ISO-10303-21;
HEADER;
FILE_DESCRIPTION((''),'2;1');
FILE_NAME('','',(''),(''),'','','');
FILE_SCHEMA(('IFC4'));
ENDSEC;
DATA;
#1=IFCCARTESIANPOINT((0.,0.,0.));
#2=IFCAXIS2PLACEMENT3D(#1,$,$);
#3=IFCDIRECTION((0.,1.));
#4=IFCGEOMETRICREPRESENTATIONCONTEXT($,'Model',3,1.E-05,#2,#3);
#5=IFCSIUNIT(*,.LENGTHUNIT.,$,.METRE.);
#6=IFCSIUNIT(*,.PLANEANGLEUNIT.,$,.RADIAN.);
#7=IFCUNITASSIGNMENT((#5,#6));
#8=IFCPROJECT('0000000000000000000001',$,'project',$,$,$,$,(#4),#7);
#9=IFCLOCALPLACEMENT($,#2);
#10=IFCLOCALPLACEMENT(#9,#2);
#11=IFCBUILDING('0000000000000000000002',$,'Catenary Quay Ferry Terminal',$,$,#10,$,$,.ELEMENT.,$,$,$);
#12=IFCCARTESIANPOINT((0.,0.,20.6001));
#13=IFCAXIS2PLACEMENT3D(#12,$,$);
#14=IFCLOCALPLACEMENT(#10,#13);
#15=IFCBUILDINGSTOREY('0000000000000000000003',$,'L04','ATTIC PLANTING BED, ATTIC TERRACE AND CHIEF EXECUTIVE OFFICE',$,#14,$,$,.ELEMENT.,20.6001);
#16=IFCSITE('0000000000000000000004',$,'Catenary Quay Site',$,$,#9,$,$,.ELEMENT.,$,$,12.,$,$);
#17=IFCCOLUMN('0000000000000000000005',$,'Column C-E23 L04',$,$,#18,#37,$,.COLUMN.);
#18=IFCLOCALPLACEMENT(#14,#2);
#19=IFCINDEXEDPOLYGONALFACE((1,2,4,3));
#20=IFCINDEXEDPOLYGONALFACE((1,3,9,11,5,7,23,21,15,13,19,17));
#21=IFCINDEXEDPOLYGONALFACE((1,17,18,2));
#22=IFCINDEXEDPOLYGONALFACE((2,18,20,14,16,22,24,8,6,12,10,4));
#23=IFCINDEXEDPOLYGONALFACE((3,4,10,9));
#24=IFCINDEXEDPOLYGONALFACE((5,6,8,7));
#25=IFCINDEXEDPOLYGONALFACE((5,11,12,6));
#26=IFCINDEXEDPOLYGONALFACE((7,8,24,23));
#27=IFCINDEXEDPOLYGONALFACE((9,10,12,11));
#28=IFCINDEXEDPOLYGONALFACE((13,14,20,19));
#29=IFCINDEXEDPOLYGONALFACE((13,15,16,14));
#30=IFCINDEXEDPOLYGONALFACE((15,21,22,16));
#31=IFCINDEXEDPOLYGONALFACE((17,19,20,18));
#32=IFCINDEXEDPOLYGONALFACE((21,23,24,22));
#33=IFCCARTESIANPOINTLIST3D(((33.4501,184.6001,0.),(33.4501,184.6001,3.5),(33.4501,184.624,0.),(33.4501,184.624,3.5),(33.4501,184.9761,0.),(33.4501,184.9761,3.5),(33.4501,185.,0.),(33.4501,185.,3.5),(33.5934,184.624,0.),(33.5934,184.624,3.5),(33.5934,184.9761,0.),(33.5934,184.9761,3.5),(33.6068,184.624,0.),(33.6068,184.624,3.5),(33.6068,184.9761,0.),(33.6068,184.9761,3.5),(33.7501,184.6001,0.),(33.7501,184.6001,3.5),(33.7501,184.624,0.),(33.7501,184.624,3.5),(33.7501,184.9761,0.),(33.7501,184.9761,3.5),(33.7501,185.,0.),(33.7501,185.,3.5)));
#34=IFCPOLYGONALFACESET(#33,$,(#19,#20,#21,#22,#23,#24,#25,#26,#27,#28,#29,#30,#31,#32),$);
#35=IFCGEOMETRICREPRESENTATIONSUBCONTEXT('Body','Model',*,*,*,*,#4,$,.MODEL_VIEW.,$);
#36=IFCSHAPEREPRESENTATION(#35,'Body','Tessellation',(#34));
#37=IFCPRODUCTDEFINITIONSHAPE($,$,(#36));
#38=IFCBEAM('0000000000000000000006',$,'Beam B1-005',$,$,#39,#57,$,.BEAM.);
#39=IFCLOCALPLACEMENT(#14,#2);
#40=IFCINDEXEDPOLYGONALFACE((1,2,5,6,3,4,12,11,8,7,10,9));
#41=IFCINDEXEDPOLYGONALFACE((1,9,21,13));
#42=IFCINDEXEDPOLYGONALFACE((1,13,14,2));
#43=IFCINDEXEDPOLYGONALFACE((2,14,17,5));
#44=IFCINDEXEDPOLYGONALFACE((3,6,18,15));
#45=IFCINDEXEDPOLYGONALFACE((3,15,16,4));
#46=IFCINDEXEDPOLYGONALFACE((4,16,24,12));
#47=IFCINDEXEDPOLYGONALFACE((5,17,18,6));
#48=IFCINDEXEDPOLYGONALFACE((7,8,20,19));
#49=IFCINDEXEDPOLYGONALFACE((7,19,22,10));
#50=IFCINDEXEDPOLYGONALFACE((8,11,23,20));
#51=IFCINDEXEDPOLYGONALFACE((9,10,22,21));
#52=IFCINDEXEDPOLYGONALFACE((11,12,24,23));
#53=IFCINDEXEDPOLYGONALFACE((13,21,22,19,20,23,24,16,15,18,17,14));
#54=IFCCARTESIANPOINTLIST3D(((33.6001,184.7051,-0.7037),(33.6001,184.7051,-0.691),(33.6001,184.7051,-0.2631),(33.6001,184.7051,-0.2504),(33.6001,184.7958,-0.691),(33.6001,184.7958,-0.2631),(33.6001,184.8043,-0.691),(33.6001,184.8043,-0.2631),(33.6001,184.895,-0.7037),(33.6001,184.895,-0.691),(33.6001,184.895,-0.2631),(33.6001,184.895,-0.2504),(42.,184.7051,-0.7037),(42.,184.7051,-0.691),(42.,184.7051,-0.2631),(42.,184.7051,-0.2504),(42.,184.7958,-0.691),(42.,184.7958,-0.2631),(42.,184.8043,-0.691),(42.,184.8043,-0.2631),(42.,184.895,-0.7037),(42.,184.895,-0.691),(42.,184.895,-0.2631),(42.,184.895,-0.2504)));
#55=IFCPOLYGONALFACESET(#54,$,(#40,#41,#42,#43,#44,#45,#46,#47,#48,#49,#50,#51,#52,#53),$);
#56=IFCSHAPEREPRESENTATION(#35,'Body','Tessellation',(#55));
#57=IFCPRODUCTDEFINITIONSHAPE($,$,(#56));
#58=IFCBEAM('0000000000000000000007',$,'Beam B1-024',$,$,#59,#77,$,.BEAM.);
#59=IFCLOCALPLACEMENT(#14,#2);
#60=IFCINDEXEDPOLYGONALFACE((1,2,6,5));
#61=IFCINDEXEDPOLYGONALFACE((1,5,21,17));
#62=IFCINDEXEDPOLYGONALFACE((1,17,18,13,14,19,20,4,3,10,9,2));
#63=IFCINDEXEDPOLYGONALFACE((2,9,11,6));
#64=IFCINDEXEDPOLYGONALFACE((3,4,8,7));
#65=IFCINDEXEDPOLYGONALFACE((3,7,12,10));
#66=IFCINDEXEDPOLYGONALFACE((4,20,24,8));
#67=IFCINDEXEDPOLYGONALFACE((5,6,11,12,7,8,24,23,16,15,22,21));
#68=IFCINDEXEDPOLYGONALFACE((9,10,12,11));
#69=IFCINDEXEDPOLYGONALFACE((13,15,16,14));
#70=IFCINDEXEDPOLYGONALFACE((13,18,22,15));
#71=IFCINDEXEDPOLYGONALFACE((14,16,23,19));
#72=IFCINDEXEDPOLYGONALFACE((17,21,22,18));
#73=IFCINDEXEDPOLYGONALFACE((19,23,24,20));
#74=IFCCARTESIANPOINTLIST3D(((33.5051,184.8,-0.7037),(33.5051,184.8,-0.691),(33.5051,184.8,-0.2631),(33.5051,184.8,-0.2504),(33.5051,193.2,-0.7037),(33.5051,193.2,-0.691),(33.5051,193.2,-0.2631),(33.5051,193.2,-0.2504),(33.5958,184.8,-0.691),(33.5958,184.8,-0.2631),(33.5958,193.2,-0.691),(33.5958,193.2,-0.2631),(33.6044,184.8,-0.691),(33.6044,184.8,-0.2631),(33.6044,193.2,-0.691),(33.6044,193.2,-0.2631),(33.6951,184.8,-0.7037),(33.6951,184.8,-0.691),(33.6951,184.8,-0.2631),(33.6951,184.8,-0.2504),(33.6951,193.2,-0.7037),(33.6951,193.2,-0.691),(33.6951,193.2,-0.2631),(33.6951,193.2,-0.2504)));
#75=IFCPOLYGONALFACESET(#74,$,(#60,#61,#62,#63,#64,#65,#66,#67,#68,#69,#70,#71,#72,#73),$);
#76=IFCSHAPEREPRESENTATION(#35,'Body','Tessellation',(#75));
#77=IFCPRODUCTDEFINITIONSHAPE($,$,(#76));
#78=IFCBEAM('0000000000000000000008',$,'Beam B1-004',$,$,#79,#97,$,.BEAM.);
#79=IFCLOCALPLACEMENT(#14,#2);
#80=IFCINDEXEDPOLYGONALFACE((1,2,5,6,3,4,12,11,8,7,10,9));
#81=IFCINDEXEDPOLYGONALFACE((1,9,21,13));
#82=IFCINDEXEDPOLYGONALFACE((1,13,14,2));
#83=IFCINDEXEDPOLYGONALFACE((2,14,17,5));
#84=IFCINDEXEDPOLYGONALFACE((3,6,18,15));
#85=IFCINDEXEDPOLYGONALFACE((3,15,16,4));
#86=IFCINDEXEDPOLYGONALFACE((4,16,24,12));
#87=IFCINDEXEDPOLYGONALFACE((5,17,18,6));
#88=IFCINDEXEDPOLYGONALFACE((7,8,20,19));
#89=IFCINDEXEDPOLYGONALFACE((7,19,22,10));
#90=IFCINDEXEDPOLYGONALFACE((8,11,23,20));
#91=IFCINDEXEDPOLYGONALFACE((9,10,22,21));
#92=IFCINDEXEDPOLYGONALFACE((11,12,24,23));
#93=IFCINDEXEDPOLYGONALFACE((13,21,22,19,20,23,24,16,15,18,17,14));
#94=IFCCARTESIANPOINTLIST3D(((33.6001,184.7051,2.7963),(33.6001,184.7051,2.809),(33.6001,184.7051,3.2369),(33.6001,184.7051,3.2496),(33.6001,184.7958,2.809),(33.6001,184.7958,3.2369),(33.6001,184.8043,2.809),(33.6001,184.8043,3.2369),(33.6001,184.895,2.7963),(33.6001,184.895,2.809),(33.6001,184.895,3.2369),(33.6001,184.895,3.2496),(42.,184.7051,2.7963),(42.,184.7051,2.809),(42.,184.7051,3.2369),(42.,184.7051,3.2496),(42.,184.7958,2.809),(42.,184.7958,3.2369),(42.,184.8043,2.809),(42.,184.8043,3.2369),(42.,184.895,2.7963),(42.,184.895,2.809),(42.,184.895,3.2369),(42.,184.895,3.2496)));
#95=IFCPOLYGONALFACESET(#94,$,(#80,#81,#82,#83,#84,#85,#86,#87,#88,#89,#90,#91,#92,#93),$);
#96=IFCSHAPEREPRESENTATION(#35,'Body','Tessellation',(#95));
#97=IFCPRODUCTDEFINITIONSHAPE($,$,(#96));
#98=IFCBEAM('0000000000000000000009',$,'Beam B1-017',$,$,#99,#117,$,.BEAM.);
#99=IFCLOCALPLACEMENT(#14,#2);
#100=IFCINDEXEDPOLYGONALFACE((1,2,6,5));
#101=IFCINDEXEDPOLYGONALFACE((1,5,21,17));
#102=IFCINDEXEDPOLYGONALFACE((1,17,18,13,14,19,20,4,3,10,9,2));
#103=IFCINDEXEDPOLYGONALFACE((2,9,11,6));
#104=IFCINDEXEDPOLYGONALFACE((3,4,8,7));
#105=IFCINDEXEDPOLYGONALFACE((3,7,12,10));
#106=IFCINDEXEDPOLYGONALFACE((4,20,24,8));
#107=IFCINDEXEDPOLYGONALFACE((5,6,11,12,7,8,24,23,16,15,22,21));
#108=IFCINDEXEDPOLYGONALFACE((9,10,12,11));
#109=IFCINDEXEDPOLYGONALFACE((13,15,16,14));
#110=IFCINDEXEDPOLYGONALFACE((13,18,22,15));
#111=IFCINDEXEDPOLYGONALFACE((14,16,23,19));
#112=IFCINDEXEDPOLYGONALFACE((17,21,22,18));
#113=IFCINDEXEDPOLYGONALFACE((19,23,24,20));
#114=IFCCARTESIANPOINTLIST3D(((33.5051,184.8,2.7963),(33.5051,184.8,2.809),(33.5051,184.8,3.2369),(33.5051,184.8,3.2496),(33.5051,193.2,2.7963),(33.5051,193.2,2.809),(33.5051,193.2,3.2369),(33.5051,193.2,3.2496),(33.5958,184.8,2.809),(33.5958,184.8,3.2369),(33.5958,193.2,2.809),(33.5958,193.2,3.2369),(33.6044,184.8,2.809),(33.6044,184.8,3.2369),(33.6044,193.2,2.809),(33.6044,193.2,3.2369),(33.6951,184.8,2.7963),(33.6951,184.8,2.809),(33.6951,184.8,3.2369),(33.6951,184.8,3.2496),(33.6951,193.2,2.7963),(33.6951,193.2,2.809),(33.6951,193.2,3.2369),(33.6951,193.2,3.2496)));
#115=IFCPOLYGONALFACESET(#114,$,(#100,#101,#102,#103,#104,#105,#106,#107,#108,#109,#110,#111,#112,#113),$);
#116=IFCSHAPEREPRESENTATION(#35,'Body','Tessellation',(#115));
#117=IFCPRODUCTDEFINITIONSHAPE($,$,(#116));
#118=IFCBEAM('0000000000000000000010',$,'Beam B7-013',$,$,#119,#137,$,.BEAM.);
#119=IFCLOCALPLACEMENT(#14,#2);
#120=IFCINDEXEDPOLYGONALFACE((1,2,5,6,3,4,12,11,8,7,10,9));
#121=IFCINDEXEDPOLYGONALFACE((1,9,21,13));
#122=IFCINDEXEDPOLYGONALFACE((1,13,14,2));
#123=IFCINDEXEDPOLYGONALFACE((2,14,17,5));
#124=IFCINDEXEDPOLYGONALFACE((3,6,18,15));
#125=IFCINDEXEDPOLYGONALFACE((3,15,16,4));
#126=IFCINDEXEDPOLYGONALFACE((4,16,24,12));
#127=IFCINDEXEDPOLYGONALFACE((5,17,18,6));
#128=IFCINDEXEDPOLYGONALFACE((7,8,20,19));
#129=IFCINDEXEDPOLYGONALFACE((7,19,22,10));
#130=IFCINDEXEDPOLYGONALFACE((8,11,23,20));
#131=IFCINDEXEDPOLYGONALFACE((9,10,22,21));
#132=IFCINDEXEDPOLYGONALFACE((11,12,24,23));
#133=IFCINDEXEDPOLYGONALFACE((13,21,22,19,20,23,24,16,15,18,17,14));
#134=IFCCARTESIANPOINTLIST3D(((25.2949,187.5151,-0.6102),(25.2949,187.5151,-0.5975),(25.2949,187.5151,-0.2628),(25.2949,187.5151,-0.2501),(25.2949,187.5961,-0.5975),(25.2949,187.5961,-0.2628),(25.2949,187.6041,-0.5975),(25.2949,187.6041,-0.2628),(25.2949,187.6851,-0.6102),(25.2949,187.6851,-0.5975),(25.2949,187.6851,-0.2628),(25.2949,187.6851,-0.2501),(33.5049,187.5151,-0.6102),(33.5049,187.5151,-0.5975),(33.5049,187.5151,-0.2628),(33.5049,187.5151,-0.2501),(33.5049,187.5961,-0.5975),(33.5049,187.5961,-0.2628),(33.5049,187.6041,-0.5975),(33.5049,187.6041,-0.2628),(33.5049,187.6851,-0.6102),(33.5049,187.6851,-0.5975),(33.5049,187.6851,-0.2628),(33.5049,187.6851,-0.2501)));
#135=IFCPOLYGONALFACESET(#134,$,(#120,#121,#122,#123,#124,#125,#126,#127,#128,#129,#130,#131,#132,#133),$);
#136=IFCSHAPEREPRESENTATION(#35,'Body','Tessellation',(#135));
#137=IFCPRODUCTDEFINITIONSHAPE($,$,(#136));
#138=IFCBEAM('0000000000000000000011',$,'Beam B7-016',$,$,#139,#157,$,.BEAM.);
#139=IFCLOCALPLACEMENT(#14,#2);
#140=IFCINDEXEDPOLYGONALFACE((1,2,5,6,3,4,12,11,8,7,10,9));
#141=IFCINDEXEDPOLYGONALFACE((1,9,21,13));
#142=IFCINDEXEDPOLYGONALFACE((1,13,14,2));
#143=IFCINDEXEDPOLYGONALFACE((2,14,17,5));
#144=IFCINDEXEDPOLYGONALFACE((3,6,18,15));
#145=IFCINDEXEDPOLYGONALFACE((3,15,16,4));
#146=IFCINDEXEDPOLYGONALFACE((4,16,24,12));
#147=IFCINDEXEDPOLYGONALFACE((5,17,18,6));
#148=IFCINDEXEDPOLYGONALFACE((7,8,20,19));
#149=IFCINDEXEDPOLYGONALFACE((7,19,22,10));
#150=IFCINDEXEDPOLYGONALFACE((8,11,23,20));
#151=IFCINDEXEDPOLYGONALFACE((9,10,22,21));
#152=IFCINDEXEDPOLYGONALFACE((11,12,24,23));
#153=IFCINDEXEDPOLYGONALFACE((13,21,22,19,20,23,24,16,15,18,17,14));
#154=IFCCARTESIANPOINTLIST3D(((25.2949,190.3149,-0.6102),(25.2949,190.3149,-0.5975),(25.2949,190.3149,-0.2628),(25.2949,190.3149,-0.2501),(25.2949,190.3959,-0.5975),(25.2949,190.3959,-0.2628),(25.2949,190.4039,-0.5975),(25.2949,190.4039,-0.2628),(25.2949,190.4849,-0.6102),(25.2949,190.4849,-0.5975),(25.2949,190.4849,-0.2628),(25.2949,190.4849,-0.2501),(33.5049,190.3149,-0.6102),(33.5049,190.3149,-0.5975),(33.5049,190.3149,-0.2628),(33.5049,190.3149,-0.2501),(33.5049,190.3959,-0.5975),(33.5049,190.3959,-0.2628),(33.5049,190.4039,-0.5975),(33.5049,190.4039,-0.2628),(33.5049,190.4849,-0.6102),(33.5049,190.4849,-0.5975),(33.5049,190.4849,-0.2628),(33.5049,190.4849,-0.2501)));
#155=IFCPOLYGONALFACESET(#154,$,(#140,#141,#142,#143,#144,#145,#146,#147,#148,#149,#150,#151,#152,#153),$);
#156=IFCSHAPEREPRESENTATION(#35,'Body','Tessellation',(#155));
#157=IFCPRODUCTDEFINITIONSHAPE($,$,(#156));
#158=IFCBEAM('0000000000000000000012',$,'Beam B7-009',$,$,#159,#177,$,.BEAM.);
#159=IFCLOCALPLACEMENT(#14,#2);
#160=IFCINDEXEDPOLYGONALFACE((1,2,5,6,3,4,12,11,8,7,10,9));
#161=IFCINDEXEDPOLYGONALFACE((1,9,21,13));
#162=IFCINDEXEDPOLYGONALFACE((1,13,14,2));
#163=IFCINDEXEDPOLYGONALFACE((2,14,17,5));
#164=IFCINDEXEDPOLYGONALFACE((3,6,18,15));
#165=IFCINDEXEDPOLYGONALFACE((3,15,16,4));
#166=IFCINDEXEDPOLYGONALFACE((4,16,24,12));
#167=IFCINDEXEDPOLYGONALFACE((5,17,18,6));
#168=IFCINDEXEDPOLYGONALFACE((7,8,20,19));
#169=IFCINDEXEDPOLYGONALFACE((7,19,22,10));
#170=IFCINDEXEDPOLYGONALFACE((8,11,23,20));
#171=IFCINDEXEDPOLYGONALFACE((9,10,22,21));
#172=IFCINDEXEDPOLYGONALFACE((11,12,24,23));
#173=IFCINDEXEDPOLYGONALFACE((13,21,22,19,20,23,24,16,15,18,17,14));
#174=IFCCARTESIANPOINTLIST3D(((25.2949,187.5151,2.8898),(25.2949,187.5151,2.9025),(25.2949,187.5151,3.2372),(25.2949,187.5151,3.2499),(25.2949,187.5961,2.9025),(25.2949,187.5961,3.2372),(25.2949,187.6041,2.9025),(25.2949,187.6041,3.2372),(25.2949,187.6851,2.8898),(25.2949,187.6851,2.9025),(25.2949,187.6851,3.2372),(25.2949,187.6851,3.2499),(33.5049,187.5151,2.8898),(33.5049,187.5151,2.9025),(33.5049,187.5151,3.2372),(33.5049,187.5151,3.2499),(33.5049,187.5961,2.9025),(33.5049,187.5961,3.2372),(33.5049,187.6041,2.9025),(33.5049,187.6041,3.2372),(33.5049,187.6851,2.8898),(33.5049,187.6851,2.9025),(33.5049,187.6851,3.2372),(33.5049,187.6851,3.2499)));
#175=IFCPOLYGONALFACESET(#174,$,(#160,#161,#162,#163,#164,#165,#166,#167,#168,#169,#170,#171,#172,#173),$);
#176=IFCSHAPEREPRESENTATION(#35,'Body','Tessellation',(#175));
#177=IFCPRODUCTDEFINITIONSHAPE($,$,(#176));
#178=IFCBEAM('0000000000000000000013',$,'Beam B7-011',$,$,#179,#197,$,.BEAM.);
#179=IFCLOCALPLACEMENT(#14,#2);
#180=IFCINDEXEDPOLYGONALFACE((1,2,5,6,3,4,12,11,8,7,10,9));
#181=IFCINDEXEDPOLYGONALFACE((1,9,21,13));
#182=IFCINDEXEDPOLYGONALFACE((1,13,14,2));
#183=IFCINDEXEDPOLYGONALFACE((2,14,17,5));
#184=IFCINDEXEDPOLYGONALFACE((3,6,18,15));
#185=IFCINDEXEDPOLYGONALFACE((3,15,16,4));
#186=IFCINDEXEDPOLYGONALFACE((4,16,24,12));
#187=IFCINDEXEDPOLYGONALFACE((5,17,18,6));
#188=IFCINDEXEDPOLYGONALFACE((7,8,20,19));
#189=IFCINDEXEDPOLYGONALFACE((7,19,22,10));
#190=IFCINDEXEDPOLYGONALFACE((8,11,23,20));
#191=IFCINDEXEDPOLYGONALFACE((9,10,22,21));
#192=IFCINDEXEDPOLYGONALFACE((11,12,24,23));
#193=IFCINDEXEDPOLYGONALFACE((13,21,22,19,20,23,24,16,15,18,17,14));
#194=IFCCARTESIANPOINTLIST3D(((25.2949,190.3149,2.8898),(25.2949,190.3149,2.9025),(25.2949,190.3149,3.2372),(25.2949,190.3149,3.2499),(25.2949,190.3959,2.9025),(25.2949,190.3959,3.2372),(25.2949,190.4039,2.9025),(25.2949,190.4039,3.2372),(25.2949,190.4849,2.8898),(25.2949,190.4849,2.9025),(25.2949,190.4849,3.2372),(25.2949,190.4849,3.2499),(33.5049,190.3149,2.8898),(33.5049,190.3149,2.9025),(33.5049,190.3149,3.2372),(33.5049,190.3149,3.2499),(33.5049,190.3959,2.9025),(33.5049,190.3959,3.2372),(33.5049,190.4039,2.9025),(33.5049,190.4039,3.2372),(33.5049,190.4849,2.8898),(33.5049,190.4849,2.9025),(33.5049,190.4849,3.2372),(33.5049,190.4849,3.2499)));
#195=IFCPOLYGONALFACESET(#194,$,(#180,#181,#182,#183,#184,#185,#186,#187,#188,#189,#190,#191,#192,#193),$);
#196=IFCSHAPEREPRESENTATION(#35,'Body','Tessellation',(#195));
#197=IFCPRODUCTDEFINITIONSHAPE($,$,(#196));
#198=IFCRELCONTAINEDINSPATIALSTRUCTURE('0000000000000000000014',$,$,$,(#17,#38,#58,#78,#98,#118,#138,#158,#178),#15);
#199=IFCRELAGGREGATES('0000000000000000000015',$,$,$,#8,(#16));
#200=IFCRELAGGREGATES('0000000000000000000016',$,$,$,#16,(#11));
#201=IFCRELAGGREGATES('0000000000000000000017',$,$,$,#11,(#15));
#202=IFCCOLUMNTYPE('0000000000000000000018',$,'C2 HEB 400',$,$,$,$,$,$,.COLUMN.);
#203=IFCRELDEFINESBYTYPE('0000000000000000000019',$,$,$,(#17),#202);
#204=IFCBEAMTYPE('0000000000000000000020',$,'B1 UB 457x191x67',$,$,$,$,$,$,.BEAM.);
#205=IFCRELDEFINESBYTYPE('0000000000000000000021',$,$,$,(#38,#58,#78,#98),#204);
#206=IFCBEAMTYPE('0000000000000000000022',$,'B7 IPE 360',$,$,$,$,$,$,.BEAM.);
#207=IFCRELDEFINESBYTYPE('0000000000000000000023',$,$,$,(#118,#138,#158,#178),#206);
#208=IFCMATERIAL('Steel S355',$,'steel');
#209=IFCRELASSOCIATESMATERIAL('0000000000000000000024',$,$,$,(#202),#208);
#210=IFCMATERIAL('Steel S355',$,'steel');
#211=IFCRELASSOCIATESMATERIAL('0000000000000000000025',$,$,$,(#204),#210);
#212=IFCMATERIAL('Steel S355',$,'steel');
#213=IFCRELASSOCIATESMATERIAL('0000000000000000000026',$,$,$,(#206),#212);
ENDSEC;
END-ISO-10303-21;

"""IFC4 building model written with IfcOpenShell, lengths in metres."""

from ifc_helpers import new_model, si_unit, direction, frame, origin, origin_2d, place, context, subcontext, project, spatial, i_section, extrude, material, material_profile, profile_set, type_object, element, save


model = new_model("IFC4")

# Units and contexts
model_context = context("Model", 3, precision=1e-05, world=origin(), true_north=direction((0.0, 1.0)))
body_context = subcontext(model_context, "Body", "Model", "MODEL_VIEW")
ifc_project = project(units=[si_unit("LENGTHUNIT", "METRE"), si_unit("PLANEANGLEUNIT", "RADIAN")], contexts=[model_context])

# Site, building, storey
site_placement = place(None, origin())
site = spatial("IfcSite", under=ifc_project, at=site_placement, Name="Catenary Quay Site", CompositionType="ELEMENT", RefElevation=12.0)
building_placement = place(site_placement, origin())
building = spatial("IfcBuilding", under=site, at=building_placement, Name="Catenary Quay Ferry Terminal", CompositionType="ELEMENT")
storey_placement = place(building_placement, frame((0.0, 0.0, 20.6001)))
storey = spatial("IfcBuildingStorey", under=building, at=storey_placement, Name="L04", Description="ATTIC PLANTING BED, ATTIC TERRACE AND CHIEF EXECUTIVE OFFICE", CompositionType="ELEMENT", Elevation=20.6001)

# Column
ifc_material_1 = material(Name="Steel S355", Category="steel")
ifc_material_profile_1 = material_profile(ifc_material_1, i_section(OverallWidth=0.3, OverallDepth=0.3999, WebThickness=0.0134, FlangeThickness=0.0239, at=origin_2d()), Name="HEB 400")
ifc_profile_set_1 = profile_set([ifc_material_profile_1], Name="Steel S355")
column_type = type_object("IfcColumnType", Name="C2 HEB 400", PredefinedType="COLUMN", material=ifc_profile_set_1)
column_placement = place(storey_placement, frame((33.6001, 184.8, 0.0), z_axis=(0.0, 0.0, 1.0), x_axis=(1.0, 0.0, 0.0)))
element("IfcColumn", 1, at=column_placement, inside=storey, type_object=column_type, Name="Column C-E23 L04", PredefinedType="COLUMN", context=body_context, shape_type="SweptSolid", body=[
    extrude(i_section(OverallWidth=0.3, OverallDepth=0.3999, WebThickness=0.0134, FlangeThickness=0.0239, at=origin_2d()), origin(), (0.0, 0.0, 1.0), 3.5),
])

# Beams
ifc_material_2 = material(Name="Steel S355", Category="steel")
ifc_material_profile_2 = material_profile(ifc_material_2, i_section(OverallWidth=0.1899, OverallDepth=0.4534, WebThickness=0.0085, FlangeThickness=0.0127, at=origin_2d()), Name="UB 457x191x67")
ifc_profile_set_2 = profile_set([ifc_material_profile_2], Name="Steel S355")
beam_type_1 = type_object("IfcBeamType", Name="B1 UB 457x191x67", PredefinedType="BEAM", material=ifc_profile_set_2)
for number, where, z_axis, x_axis, name in (
    (2, (33.6001, 184.8, -0.4771), (1.0, 0.0, 0.0), (0.0, 1.0, 0.0), "Beam B1-005"),
    (3, (33.6001, 184.8, -0.4771), (0.0, 1.0, 0.0), (-1.0, 0.0, 0.0), "Beam B1-024"),
    (4, (33.6001, 184.8, 3.0229), (1.0, 0.0, 0.0), (0.0, 1.0, 0.0), "Beam B1-004"),
    (5, (33.6001, 184.8, 3.0229), (0.0, 1.0, 0.0), (-1.0, 0.0, 0.0), "Beam B1-017"),
):
    element("IfcBeam", number, at=place(storey_placement, frame(where, z_axis=z_axis, x_axis=x_axis)), inside=storey, type_object=beam_type_1, Name=name, PredefinedType="BEAM", context=body_context, shape_type="SweptSolid", body=[
        extrude(i_section(OverallWidth=0.1899, OverallDepth=0.4534, WebThickness=0.0085, FlangeThickness=0.0127, at=origin_2d()), origin(), (0.0, 0.0, 1.0), 8.3999),
    ])
ifc_material_3 = material(Name="Steel S355", Category="steel")
ifc_material_profile_3 = material_profile(ifc_material_3, i_section(OverallWidth=0.1699, OverallDepth=0.3601, WebThickness=0.0081, FlangeThickness=0.0127, at=origin_2d()), Name="IPE 360")
ifc_profile_set_3 = profile_set([ifc_material_profile_3], Name="Steel S355")
beam_type_2 = type_object("IfcBeamType", Name="B7 IPE 360", PredefinedType="BEAM", material=ifc_profile_set_3)
for number, where, z_axis, x_axis, name in (
    (6, (25.2949, 187.6001, -0.4302), (1.0, 0.0, 0.0), (0.0, 1.0, 0.0), "Beam B7-013"),
    (7, (25.2949, 190.3999, -0.4302), (1.0, 0.0, 0.0), (0.0, 1.0, 0.0), "Beam B7-016"),
    (8, (25.2949, 187.6001, 3.0698), (1.0, 0.0, 0.0), (0.0, 1.0, 0.0), "Beam B7-009"),
    (9, (25.2949, 190.3999, 3.0698), (1.0, 0.0, 0.0), (0.0, 1.0, 0.0), "Beam B7-011"),
):
    element("IfcBeam", number, at=place(storey_placement, frame(where, z_axis=z_axis, x_axis=x_axis)), inside=storey, type_object=beam_type_2, Name=name, PredefinedType="BEAM", context=body_context, shape_type="SweptSolid", body=[
        extrude(i_section(OverallWidth=0.1699, OverallDepth=0.3601, WebThickness=0.0081, FlangeThickness=0.0127, at=origin_2d()), origin(), (0.0, 0.0, 1.0), 8.21),
    ])

save(model, "model.ifc")
